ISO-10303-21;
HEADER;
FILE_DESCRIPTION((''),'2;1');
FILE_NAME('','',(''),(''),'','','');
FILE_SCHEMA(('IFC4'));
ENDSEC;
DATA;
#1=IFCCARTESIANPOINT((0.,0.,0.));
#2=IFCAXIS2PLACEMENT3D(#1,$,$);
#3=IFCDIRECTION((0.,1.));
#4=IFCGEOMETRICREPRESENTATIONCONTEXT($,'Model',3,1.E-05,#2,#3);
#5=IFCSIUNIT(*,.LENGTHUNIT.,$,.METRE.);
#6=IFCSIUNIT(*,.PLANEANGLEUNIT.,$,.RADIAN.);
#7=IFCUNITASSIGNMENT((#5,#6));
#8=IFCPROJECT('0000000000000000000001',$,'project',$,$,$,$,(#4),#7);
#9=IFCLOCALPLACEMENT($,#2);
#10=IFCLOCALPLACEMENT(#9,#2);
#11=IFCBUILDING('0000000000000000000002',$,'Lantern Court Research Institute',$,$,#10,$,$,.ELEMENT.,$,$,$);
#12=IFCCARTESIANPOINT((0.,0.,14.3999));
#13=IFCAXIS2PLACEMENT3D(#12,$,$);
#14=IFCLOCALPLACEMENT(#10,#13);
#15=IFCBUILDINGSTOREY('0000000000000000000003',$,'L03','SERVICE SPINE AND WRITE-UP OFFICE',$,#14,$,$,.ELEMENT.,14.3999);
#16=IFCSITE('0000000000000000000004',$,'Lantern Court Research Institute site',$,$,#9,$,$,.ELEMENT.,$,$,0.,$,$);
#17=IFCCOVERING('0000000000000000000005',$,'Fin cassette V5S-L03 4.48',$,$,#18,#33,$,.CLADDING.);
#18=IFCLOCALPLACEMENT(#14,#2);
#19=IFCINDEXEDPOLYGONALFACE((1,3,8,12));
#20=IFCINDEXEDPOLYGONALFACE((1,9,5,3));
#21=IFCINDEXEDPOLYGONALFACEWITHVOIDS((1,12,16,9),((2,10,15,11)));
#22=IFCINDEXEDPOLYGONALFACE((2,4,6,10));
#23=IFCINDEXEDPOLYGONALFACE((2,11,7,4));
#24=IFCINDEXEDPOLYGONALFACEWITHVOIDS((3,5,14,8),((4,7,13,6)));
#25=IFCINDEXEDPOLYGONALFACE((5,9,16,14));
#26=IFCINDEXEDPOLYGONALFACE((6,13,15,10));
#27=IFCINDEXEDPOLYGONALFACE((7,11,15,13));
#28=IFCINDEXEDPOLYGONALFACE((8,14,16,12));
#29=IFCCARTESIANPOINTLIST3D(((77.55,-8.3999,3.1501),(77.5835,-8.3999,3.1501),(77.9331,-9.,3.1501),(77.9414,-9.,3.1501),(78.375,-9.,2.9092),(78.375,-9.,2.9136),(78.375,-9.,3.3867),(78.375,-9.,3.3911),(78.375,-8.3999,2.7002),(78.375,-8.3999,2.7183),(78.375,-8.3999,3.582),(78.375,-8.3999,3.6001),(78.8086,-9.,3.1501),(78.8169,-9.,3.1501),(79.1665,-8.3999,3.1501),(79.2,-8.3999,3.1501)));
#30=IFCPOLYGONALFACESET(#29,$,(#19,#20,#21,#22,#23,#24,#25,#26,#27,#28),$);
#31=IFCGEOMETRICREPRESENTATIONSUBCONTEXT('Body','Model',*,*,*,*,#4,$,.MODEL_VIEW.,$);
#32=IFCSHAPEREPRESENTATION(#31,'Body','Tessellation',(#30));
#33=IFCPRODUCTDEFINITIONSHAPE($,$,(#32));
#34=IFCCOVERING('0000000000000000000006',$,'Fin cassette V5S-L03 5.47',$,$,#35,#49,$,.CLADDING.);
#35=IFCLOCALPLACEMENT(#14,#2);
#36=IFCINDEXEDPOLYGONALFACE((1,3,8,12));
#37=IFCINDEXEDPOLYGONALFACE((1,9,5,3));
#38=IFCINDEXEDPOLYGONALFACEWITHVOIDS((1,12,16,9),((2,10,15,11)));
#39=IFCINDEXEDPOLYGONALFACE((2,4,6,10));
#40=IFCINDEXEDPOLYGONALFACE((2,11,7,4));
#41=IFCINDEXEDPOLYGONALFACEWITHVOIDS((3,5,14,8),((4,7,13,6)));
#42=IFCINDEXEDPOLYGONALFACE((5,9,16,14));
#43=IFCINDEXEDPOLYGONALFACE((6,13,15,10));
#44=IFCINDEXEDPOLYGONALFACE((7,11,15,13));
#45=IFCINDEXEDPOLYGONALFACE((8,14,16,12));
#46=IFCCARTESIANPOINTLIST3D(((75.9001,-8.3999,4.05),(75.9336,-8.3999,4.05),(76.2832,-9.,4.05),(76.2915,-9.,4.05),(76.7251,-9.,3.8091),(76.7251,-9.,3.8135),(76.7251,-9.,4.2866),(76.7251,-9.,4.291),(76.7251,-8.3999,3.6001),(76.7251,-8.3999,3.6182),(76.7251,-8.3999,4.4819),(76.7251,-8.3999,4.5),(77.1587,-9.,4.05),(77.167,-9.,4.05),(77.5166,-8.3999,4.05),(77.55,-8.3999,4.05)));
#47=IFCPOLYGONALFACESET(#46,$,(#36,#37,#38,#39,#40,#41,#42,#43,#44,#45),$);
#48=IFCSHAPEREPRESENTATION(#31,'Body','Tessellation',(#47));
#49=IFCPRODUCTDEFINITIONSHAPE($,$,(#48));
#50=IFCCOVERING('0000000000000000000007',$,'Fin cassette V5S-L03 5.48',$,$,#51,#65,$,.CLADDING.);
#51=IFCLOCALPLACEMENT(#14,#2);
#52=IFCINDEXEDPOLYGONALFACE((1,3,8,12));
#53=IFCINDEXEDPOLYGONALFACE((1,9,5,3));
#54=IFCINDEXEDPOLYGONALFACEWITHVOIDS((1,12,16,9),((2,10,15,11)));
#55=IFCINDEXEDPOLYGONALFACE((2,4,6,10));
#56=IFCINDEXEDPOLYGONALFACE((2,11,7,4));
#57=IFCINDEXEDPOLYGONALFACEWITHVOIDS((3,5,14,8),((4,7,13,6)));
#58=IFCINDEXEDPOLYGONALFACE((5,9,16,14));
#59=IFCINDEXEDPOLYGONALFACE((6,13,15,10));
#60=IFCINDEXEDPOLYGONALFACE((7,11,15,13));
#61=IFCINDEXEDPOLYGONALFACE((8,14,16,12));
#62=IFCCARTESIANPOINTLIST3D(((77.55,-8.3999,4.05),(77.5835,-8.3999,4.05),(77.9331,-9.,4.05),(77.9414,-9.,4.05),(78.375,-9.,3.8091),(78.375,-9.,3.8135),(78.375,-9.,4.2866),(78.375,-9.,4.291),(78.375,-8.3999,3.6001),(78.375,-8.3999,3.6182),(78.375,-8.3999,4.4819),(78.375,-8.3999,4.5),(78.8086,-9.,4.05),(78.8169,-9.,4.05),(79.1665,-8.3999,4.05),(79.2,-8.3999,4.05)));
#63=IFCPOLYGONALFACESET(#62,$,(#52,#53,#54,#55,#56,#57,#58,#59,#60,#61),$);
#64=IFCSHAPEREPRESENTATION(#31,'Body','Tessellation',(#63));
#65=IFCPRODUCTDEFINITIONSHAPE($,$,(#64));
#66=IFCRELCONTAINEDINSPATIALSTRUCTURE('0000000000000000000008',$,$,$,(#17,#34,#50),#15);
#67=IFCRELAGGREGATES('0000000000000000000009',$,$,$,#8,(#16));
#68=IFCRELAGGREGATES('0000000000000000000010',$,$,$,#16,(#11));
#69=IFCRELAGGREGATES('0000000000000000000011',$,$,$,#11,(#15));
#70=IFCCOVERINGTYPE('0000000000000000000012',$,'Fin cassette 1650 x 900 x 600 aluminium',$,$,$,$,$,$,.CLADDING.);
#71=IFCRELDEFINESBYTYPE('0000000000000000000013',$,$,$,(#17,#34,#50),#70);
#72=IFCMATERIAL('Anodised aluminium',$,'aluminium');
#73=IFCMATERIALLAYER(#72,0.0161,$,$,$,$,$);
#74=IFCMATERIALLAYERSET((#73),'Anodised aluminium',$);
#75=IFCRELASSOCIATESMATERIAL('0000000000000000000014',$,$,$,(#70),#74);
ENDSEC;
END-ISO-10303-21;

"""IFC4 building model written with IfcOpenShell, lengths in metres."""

from ifc_helpers import new_model, entity, si_unit, direction, frame, origin, place, context, subcontext, project, spatial, material, layer, layer_set, type_object, element, save


model = new_model("IFC4")

# Units and contexts
model_context = context("Model", 3, precision=1e-05, world=origin(), true_north=direction((0.0, 1.0)))
body_context = subcontext(model_context, "Body", "Model", "MODEL_VIEW")
ifc_project = project(units=[si_unit("LENGTHUNIT", "METRE"), si_unit("PLANEANGLEUNIT", "RADIAN")], contexts=[model_context])

# Site, building, storey
site_placement = place(None, origin())
site = spatial("IfcSite", under=ifc_project, at=site_placement, Name="Lantern Court Research Institute site", CompositionType="ELEMENT", RefElevation=0.0)
building_placement = place(site_placement, origin())
building = spatial("IfcBuilding", under=site, at=building_placement, Name="Lantern Court Research Institute", CompositionType="ELEMENT")
storey_placement = place(building_placement, frame((0.0, 0.0, 14.3999)))
storey = spatial("IfcBuildingStorey", under=building, at=storey_placement, Name="L03", Description="SERVICE SPINE AND WRITE-UP OFFICE", CompositionType="ELEMENT", Elevation=14.3999)

# Coverings
ifc_material_1 = material(Name="Anodised aluminium", Category="aluminium")
ifc_layer_1 = layer(ifc_material_1, 0.0161)
ifc_layer_set_1 = layer_set([ifc_layer_1], Name="Anodised aluminium")
covering_type = type_object("IfcCoveringType", Name="Fin cassette 1650 x 900 x 600 aluminium", PredefinedType="CLADDING", material=ifc_layer_set_1)
covering_1_placement = place(storey_placement, frame((78.375, -8.3999, 3.1501), z_axis=(0.0, -1.0, 0.0), x_axis=(1.0, 0.0, 0.0)))
cartesian_point_1 = entity("IfcCartesianPoint", [0.825, 0.0])
cartesian_point_2 = entity("IfcCartesianPoint", [0.7915, 0.0])
cartesian_point_3 = entity("IfcCartesianPoint", [0.4419, 0.0])
cartesian_point_4 = entity("IfcCartesianPoint", [0.4336, 0.0])
element("IfcCovering", 1, at=covering_1_placement, inside=storey, type_object=covering_type, Name="Fin cassette V5S-L03 4.48", PredefinedType="CLADDING", context=body_context, shape_type="SweptSolid", body=[
    entity("IfcExtrudedAreaSolidTapered", entity("IfcArbitraryProfileDefWithVoids", "AREA", None, entity("IfcPolyline", [cartesian_point_1, entity("IfcCartesianPoint", [0.0, 0.45]), entity("IfcCartesianPoint", [-0.825, 0.0]), entity("IfcCartesianPoint", [0.0, -0.45]), cartesian_point_1]), [entity("IfcPolyline", [cartesian_point_2, entity("IfcCartesianPoint", [0.0, 0.4319]), entity("IfcCartesianPoint", [-0.7915, 0.0]), entity("IfcCartesianPoint", [0.0, -0.4319]), cartesian_point_2])]), entity("IfcAxis2Placement3D", entity("IfcCartesianPoint", [0.0, 0.0, 0.0])), entity("IfcDirection", [0.0, 0.0, 1.0]), 0.6001, entity("IfcArbitraryProfileDefWithVoids", "AREA", None, entity("IfcPolyline", [cartesian_point_3, entity("IfcCartesianPoint", [0.0, 0.241]), entity("IfcCartesianPoint", [-0.4419, 0.0]), entity("IfcCartesianPoint", [0.0, -0.241]), cartesian_point_3]), [entity("IfcPolyline", [cartesian_point_4, entity("IfcCartesianPoint", [0.0, 0.2366]), entity("IfcCartesianPoint", [-0.4336, 0.0]), entity("IfcCartesianPoint", [0.0, -0.2366]), cartesian_point_4])])),
])
covering_2_placement = place(storey_placement, frame((76.7251, -8.3999, 4.05), z_axis=(0.0, -1.0, 0.0), x_axis=(1.0, 0.0, 0.0)))
cartesian_point_5 = entity("IfcCartesianPoint", [0.825, 0.0])
cartesian_point_6 = entity("IfcCartesianPoint", [0.7915, 0.0])
cartesian_point_7 = entity("IfcCartesianPoint", [0.4419, 0.0])
cartesian_point_8 = entity("IfcCartesianPoint", [0.4336, 0.0])
element("IfcCovering", 2, at=covering_2_placement, inside=storey, type_object=covering_type, Name="Fin cassette V5S-L03 5.47", PredefinedType="CLADDING", context=body_context, shape_type="SweptSolid", body=[
    entity("IfcExtrudedAreaSolidTapered", entity("IfcArbitraryProfileDefWithVoids", "AREA", None, entity("IfcPolyline", [cartesian_point_5, entity("IfcCartesianPoint", [0.0, 0.45]), entity("IfcCartesianPoint", [-0.825, 0.0]), entity("IfcCartesianPoint", [0.0, -0.45]), cartesian_point_5]), [entity("IfcPolyline", [cartesian_point_6, entity("IfcCartesianPoint", [0.0, 0.4319]), entity("IfcCartesianPoint", [-0.7915, 0.0]), entity("IfcCartesianPoint", [0.0, -0.4319]), cartesian_point_6])]), entity("IfcAxis2Placement3D", entity("IfcCartesianPoint", [0.0, 0.0, 0.0])), entity("IfcDirection", [0.0, 0.0, 1.0]), 0.6001, entity("IfcArbitraryProfileDefWithVoids", "AREA", None, entity("IfcPolyline", [cartesian_point_7, entity("IfcCartesianPoint", [0.0, 0.241]), entity("IfcCartesianPoint", [-0.4419, 0.0]), entity("IfcCartesianPoint", [0.0, -0.241]), cartesian_point_7]), [entity("IfcPolyline", [cartesian_point_8, entity("IfcCartesianPoint", [0.0, 0.2366]), entity("IfcCartesianPoint", [-0.4336, 0.0]), entity("IfcCartesianPoint", [0.0, -0.2366]), cartesian_point_8])])),
])
covering_3_placement = place(storey_placement, frame((78.375, -8.3999, 4.05), z_axis=(0.0, -1.0, 0.0), x_axis=(1.0, 0.0, 0.0)))
cartesian_point_9 = entity("IfcCartesianPoint", [0.825, 0.0])
cartesian_point_10 = entity("IfcCartesianPoint", [0.7915, 0.0])
cartesian_point_11 = entity("IfcCartesianPoint", [0.4419, 0.0])
cartesian_point_12 = entity("IfcCartesianPoint", [0.4336, 0.0])
element("IfcCovering", 3, at=covering_3_placement, inside=storey, type_object=covering_type, Name="Fin cassette V5S-L03 5.48", PredefinedType="CLADDING", context=body_context, shape_type="SweptSolid", body=[
    entity("IfcExtrudedAreaSolidTapered", entity("IfcArbitraryProfileDefWithVoids", "AREA", None, entity("IfcPolyline", [cartesian_point_9, entity("IfcCartesianPoint", [0.0, 0.45]), entity("IfcCartesianPoint", [-0.825, 0.0]), entity("IfcCartesianPoint", [0.0, -0.45]), cartesian_point_9]), [entity("IfcPolyline", [cartesian_point_10, entity("IfcCartesianPoint", [0.0, 0.4319]), entity("IfcCartesianPoint", [-0.7915, 0.0]), entity("IfcCartesianPoint", [0.0, -0.4319]), cartesian_point_10])]), entity("IfcAxis2Placement3D", entity("IfcCartesianPoint", [0.0, 0.0, 0.0])), entity("IfcDirection", [0.0, 0.0, 1.0]), 0.6001, entity("IfcArbitraryProfileDefWithVoids", "AREA", None, entity("IfcPolyline", [cartesian_point_11, entity("IfcCartesianPoint", [0.0, 0.241]), entity("IfcCartesianPoint", [-0.4419, 0.0]), entity("IfcCartesianPoint", [0.0, -0.241]), cartesian_point_11]), [entity("IfcPolyline", [cartesian_point_12, entity("IfcCartesianPoint", [0.0, 0.2366]), entity("IfcCartesianPoint", [-0.4336, 0.0]), entity("IfcCartesianPoint", [0.0, -0.2366]), cartesian_point_12])])),
])

save(model, "model.ifc")
